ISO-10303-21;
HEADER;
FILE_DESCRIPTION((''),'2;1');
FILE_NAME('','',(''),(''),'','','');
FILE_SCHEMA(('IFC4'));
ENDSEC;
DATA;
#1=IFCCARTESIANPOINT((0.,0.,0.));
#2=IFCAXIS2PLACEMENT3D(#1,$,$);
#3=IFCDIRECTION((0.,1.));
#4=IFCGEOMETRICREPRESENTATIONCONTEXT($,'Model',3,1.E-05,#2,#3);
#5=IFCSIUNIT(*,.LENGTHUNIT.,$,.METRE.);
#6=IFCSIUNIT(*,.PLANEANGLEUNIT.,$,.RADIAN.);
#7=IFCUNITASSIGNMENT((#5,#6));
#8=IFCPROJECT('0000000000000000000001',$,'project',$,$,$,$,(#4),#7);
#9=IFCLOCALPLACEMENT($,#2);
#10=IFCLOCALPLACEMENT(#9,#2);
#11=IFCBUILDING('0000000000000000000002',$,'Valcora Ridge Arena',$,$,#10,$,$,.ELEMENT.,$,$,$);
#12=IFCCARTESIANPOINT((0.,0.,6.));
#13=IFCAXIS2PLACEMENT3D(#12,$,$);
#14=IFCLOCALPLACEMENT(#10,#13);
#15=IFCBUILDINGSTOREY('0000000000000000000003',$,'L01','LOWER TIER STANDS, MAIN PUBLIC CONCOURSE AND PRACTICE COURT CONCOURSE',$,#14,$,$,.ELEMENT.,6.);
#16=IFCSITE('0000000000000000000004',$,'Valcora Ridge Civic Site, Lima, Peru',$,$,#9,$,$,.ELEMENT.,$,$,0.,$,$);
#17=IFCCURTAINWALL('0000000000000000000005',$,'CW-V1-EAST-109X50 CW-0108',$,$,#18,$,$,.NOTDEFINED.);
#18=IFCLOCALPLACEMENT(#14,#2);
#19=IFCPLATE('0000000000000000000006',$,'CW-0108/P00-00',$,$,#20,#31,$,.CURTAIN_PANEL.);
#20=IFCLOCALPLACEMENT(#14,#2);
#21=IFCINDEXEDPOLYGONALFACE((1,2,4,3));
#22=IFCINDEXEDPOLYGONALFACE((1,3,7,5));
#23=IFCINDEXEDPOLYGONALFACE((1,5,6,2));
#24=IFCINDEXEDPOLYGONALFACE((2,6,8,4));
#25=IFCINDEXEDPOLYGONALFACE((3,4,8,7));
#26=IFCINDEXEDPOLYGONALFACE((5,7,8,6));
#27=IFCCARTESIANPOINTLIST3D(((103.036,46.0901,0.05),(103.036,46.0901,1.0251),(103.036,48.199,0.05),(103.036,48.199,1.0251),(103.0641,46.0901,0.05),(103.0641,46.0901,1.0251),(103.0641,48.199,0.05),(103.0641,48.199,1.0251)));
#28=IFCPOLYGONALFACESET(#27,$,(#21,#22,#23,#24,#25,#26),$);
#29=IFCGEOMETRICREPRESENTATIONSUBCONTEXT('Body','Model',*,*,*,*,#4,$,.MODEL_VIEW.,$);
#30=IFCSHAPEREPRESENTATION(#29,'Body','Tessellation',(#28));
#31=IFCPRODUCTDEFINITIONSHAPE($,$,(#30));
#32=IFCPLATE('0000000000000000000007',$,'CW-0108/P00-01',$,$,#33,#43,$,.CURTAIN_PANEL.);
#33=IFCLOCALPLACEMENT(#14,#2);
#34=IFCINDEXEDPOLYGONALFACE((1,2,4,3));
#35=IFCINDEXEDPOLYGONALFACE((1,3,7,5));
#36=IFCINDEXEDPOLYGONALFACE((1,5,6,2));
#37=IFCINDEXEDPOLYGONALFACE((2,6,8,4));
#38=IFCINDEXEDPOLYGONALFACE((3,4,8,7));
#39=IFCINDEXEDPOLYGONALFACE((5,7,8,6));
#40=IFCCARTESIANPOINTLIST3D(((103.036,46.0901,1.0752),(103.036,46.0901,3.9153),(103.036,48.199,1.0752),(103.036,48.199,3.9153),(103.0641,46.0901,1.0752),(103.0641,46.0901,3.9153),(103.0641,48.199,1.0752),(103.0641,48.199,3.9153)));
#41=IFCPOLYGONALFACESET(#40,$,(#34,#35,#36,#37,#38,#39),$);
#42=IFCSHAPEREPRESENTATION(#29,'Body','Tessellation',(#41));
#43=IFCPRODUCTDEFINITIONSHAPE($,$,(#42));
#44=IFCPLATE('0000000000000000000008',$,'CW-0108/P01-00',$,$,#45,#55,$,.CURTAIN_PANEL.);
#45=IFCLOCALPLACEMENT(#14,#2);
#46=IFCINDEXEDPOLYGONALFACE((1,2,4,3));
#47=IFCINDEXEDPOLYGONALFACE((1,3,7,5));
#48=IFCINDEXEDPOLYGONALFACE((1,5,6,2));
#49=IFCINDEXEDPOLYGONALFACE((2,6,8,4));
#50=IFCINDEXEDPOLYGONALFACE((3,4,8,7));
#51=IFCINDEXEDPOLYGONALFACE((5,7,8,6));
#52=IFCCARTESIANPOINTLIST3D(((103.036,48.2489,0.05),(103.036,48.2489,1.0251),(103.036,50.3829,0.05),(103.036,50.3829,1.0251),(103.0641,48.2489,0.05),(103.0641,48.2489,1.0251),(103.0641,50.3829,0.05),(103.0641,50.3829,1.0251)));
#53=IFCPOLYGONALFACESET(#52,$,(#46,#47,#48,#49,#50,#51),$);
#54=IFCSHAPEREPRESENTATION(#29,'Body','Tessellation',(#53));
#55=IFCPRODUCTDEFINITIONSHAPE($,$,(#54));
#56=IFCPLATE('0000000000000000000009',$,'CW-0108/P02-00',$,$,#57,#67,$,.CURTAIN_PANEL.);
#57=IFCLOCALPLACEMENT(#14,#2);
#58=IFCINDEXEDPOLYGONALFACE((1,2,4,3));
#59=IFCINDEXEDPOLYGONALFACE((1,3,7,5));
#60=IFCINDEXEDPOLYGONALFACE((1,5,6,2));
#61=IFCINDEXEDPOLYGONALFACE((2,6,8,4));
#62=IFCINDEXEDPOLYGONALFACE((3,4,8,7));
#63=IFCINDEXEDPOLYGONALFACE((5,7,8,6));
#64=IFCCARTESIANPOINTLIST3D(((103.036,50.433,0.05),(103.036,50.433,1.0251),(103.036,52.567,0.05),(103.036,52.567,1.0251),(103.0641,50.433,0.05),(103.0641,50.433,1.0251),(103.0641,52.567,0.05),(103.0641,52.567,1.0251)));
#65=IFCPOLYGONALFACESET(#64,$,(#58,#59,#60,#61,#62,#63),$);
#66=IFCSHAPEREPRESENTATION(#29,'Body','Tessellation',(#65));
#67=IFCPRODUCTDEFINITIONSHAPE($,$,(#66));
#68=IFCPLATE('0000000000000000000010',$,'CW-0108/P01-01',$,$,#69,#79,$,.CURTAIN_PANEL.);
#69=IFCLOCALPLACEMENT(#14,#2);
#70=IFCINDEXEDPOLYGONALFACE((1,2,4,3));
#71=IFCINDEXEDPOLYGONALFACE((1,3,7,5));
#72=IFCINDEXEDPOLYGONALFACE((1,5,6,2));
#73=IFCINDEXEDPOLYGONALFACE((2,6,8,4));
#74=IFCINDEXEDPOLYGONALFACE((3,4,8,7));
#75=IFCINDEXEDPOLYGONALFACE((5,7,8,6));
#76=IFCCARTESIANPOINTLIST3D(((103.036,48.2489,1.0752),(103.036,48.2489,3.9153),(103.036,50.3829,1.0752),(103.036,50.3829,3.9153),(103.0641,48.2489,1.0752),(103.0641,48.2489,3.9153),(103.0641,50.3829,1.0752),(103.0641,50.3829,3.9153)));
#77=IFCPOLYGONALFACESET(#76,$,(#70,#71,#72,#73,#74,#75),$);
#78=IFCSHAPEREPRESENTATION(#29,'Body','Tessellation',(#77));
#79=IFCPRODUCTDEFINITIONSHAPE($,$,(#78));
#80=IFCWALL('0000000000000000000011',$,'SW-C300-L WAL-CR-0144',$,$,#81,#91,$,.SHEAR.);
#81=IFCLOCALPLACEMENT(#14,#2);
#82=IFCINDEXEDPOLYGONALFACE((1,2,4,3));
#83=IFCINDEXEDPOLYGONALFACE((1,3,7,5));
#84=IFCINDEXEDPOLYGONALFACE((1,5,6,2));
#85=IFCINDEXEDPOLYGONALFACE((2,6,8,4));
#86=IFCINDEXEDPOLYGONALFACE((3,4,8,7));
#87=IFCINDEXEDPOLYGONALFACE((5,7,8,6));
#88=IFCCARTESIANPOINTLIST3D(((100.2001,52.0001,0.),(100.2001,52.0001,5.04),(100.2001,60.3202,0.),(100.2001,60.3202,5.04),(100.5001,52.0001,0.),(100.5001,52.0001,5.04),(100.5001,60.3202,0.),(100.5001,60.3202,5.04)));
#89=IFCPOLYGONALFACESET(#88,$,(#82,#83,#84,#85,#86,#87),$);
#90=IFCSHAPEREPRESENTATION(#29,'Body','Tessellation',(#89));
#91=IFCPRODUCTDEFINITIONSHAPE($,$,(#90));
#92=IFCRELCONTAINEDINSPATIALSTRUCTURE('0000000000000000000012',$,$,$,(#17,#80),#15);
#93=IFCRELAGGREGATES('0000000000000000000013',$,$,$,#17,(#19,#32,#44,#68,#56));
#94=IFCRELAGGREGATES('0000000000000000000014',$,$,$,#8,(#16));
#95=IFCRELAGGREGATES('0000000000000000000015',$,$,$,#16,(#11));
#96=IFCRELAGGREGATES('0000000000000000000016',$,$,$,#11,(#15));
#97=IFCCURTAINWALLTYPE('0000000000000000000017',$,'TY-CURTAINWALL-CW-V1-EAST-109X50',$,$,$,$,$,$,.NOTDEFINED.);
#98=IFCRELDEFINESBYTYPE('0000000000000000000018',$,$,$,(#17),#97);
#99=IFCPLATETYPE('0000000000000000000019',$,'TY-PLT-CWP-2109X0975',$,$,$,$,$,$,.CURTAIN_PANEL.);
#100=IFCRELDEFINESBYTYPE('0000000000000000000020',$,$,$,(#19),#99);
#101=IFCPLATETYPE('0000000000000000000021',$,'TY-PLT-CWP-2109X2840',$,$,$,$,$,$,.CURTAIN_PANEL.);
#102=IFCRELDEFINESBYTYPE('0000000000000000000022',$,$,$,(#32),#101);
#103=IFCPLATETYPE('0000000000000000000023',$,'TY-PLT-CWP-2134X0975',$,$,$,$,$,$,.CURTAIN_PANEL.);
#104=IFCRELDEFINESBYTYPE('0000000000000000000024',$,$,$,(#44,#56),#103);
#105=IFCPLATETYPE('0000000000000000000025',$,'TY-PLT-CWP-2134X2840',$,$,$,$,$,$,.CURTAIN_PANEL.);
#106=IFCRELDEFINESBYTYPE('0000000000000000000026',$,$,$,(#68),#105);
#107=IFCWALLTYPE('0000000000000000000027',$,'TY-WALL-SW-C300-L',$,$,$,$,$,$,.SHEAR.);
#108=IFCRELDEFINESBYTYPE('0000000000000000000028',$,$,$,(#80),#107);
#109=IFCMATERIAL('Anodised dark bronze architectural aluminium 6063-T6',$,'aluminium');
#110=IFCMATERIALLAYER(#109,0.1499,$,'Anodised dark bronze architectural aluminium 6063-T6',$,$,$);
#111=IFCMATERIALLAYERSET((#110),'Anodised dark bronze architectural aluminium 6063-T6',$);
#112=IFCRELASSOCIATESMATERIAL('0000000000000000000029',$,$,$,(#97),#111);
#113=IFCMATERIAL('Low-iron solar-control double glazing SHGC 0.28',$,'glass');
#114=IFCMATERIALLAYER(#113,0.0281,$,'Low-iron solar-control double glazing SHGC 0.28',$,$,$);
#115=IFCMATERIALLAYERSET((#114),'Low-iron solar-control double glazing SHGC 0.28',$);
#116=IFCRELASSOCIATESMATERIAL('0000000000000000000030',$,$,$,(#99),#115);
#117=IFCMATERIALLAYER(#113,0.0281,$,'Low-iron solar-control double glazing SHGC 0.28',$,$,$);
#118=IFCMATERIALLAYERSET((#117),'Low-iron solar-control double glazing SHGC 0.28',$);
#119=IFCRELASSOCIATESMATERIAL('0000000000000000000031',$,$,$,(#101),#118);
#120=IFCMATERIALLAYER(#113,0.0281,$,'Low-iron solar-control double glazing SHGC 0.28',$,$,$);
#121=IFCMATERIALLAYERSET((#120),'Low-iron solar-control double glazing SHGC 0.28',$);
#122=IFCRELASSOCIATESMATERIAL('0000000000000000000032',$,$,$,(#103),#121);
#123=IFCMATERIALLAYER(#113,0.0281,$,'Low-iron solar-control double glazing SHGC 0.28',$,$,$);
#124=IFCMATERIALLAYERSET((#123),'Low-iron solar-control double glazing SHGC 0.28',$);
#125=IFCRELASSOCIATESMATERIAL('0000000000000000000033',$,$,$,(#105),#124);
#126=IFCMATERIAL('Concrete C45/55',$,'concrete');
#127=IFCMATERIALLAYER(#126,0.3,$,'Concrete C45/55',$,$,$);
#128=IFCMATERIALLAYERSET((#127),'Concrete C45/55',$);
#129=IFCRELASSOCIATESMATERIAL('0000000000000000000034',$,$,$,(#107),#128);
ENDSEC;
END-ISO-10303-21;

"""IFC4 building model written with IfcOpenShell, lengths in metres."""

from ifc_helpers import new_model, si_unit, direction, frame, frame_2d, origin, origin_2d, place, context, subcontext, project, spatial, rectangle, extrude, material, layer, layer_set, type_object, element, aggregate, save


model = new_model("IFC4")

# Units and contexts
model_context = context("Model", 3, precision=1e-05, world=origin(), true_north=direction((0.0, 1.0)))
body_context = subcontext(model_context, "Body", "Model", "MODEL_VIEW")
ifc_project = project(units=[si_unit("LENGTHUNIT", "METRE"), si_unit("PLANEANGLEUNIT", "RADIAN")], contexts=[model_context])

# Site, building, storey
site_placement = place(None, origin())
site = spatial("IfcSite", under=ifc_project, at=site_placement, Name="Valcora Ridge Civic Site, Lima, Peru", CompositionType="ELEMENT", RefElevation=0.0)
building_placement = place(site_placement, origin())
building = spatial("IfcBuilding", under=site, at=building_placement, Name="Valcora Ridge Arena", CompositionType="ELEMENT")
storey_placement = place(building_placement, frame((0.0, 0.0, 6.0)))
storey = spatial("IfcBuildingStorey", under=building, at=storey_placement, Name="L01", Description="LOWER TIER STANDS, MAIN PUBLIC CONCOURSE AND PRACTICE COURT CONCOURSE", CompositionType="ELEMENT", Elevation=6.0)

# Curtain wall, plates
ifc_material_1 = material(Name="Anodised dark bronze architectural aluminium 6063-T6", Category="aluminium")
ifc_layer_1 = layer(ifc_material_1, 0.1499, Name="Anodised dark bronze architectural aluminium 6063-T6")
ifc_layer_set_1 = layer_set([ifc_layer_1], Name="Anodised dark bronze architectural aluminium 6063-T6")
curtain_wall_type = type_object("IfcCurtainWallType", Name="TY-CURTAINWALL-CW-V1-EAST-109X50", PredefinedType="NOTDEFINED", material=ifc_layer_set_1)
curtain_wall_placement = place(storey_placement, origin())
curtain_wall = element("IfcCurtainWall", 1, at=curtain_wall_placement, inside=storey, type_object=curtain_wall_type, Name="CW-V1-EAST-109X50 CW-0108", PredefinedType="NOTDEFINED")
ifc_material_2 = material(Name="Low-iron solar-control double glazing SHGC 0.28", Category="glass")
ifc_layer_2 = layer(ifc_material_2, 0.0281, Name="Low-iron solar-control double glazing SHGC 0.28")
ifc_layer_set_2 = layer_set([ifc_layer_2], Name="Low-iron solar-control double glazing SHGC 0.28")
plate_type_1 = type_object("IfcPlateType", Name="TY-PLT-CWP-2109X0975", PredefinedType="CURTAIN_PANEL", material=ifc_layer_set_2)
plate_1_placement = place(storey_placement, frame((103.05, 47.1445, 0.05), z_axis=(0.0, 0.0, 1.0), x_axis=(0.0, 1.0, 0.0)))
plate_1 = element("IfcPlate", 2, at=plate_1_placement, type_object=plate_type_1, Name="CW-0108/P00-00", PredefinedType="CURTAIN_PANEL", context=body_context, shape_type="SweptSolid", body=[
    extrude(rectangle(XDim=2.1089, YDim=0.0281, at=origin_2d()), origin(), (0.0, 0.0, 1.0), 0.9751),
])
ifc_layer_3 = layer(ifc_material_2, 0.0281, Name="Low-iron solar-control double glazing SHGC 0.28")
ifc_layer_set_3 = layer_set([ifc_layer_3], Name="Low-iron solar-control double glazing SHGC 0.28")
plate_type_2 = type_object("IfcPlateType", Name="TY-PLT-CWP-2109X2840", PredefinedType="CURTAIN_PANEL", material=ifc_layer_set_3)
plate_2_placement = place(storey_placement, frame((103.05, 47.1445, 1.0752), z_axis=(0.0, 0.0, 1.0), x_axis=(0.0, 1.0, 0.0)))
plate_2 = element("IfcPlate", 3, at=plate_2_placement, type_object=plate_type_2, Name="CW-0108/P00-01", PredefinedType="CURTAIN_PANEL", context=body_context, shape_type="SweptSolid", body=[
    extrude(rectangle(XDim=2.1089, YDim=0.0281, at=origin_2d()), origin(), (0.0, 0.0, 1.0), 2.8401),
])
ifc_layer_4 = layer(ifc_material_2, 0.0281, Name="Low-iron solar-control double glazing SHGC 0.28")
ifc_layer_set_4 = layer_set([ifc_layer_4], Name="Low-iron solar-control double glazing SHGC 0.28")
plate_type_3 = type_object("IfcPlateType", Name="TY-PLT-CWP-2134X0975", PredefinedType="CURTAIN_PANEL", material=ifc_layer_set_4)
plate_3_placement = place(storey_placement, frame((103.05, 49.3159, 0.05), z_axis=(0.0, 0.0, 1.0), x_axis=(0.0, 1.0, 0.0)))
plate_3 = element("IfcPlate", 4, at=plate_3_placement, type_object=plate_type_3, Name="CW-0108/P01-00", PredefinedType="CURTAIN_PANEL", context=body_context, shape_type="SweptSolid", body=[
    extrude(rectangle(XDim=2.134, YDim=0.0281, at=origin_2d()), origin(), (0.0, 0.0, 1.0), 0.9751),
])
plate_4_placement = place(storey_placement, frame((103.05, 51.5, 0.05), z_axis=(0.0, 0.0, 1.0), x_axis=(0.0, 1.0, 0.0)))
plate_4 = element("IfcPlate", 5, at=plate_4_placement, type_object=plate_type_3, Name="CW-0108/P02-00", PredefinedType="CURTAIN_PANEL", context=body_context, shape_type="SweptSolid", body=[
    extrude(rectangle(XDim=2.134, YDim=0.0281, at=origin_2d()), origin(), (0.0, 0.0, 1.0), 0.9751),
])
ifc_layer_5 = layer(ifc_material_2, 0.0281, Name="Low-iron solar-control double glazing SHGC 0.28")
ifc_layer_set_5 = layer_set([ifc_layer_5], Name="Low-iron solar-control double glazing SHGC 0.28")
plate_type_4 = type_object("IfcPlateType", Name="TY-PLT-CWP-2134X2840", PredefinedType="CURTAIN_PANEL", material=ifc_layer_set_5)
plate_5_placement = place(storey_placement, frame((103.05, 49.3159, 1.0752), z_axis=(0.0, 0.0, 1.0), x_axis=(0.0, 1.0, 0.0)))
plate_5 = element("IfcPlate", 6, at=plate_5_placement, type_object=plate_type_4, Name="CW-0108/P01-01", PredefinedType="CURTAIN_PANEL", context=body_context, shape_type="SweptSolid", body=[
    extrude(rectangle(XDim=2.134, YDim=0.0281, at=origin_2d()), origin(), (0.0, 0.0, 1.0), 2.8401),
])
aggregate(curtain_wall, [plate_1, plate_2, plate_3, plate_5, plate_4])

# Wall
ifc_material_3 = material(Name="Concrete C45/55", Category="concrete")
ifc_layer_6 = layer(ifc_material_3, 0.3, Name="Concrete C45/55")
ifc_layer_set_6 = layer_set([ifc_layer_6], Name="Concrete C45/55")
wall_type = type_object("IfcWallType", Name="TY-WALL-SW-C300-L", PredefinedType="SHEAR", material=ifc_layer_set_6)
wall_placement = place(storey_placement, frame((100.3501, 52.0, 0.0), z_axis=(0.0, 0.0, 1.0), x_axis=(0.0, 1.0, 0.0)))
element("IfcWall", 7, at=wall_placement, inside=storey, type_object=wall_type, Name="SW-C300-L WAL-CR-0144", PredefinedType="SHEAR", context=body_context, shape_type="SweptSolid", body=[
    extrude(rectangle(XDim=8.3201, YDim=0.3, at=frame_2d((4.1602, 0.0))), origin(), (0.0, 0.0, 1.0), 5.04),
])

save(model, "model.ifc")
